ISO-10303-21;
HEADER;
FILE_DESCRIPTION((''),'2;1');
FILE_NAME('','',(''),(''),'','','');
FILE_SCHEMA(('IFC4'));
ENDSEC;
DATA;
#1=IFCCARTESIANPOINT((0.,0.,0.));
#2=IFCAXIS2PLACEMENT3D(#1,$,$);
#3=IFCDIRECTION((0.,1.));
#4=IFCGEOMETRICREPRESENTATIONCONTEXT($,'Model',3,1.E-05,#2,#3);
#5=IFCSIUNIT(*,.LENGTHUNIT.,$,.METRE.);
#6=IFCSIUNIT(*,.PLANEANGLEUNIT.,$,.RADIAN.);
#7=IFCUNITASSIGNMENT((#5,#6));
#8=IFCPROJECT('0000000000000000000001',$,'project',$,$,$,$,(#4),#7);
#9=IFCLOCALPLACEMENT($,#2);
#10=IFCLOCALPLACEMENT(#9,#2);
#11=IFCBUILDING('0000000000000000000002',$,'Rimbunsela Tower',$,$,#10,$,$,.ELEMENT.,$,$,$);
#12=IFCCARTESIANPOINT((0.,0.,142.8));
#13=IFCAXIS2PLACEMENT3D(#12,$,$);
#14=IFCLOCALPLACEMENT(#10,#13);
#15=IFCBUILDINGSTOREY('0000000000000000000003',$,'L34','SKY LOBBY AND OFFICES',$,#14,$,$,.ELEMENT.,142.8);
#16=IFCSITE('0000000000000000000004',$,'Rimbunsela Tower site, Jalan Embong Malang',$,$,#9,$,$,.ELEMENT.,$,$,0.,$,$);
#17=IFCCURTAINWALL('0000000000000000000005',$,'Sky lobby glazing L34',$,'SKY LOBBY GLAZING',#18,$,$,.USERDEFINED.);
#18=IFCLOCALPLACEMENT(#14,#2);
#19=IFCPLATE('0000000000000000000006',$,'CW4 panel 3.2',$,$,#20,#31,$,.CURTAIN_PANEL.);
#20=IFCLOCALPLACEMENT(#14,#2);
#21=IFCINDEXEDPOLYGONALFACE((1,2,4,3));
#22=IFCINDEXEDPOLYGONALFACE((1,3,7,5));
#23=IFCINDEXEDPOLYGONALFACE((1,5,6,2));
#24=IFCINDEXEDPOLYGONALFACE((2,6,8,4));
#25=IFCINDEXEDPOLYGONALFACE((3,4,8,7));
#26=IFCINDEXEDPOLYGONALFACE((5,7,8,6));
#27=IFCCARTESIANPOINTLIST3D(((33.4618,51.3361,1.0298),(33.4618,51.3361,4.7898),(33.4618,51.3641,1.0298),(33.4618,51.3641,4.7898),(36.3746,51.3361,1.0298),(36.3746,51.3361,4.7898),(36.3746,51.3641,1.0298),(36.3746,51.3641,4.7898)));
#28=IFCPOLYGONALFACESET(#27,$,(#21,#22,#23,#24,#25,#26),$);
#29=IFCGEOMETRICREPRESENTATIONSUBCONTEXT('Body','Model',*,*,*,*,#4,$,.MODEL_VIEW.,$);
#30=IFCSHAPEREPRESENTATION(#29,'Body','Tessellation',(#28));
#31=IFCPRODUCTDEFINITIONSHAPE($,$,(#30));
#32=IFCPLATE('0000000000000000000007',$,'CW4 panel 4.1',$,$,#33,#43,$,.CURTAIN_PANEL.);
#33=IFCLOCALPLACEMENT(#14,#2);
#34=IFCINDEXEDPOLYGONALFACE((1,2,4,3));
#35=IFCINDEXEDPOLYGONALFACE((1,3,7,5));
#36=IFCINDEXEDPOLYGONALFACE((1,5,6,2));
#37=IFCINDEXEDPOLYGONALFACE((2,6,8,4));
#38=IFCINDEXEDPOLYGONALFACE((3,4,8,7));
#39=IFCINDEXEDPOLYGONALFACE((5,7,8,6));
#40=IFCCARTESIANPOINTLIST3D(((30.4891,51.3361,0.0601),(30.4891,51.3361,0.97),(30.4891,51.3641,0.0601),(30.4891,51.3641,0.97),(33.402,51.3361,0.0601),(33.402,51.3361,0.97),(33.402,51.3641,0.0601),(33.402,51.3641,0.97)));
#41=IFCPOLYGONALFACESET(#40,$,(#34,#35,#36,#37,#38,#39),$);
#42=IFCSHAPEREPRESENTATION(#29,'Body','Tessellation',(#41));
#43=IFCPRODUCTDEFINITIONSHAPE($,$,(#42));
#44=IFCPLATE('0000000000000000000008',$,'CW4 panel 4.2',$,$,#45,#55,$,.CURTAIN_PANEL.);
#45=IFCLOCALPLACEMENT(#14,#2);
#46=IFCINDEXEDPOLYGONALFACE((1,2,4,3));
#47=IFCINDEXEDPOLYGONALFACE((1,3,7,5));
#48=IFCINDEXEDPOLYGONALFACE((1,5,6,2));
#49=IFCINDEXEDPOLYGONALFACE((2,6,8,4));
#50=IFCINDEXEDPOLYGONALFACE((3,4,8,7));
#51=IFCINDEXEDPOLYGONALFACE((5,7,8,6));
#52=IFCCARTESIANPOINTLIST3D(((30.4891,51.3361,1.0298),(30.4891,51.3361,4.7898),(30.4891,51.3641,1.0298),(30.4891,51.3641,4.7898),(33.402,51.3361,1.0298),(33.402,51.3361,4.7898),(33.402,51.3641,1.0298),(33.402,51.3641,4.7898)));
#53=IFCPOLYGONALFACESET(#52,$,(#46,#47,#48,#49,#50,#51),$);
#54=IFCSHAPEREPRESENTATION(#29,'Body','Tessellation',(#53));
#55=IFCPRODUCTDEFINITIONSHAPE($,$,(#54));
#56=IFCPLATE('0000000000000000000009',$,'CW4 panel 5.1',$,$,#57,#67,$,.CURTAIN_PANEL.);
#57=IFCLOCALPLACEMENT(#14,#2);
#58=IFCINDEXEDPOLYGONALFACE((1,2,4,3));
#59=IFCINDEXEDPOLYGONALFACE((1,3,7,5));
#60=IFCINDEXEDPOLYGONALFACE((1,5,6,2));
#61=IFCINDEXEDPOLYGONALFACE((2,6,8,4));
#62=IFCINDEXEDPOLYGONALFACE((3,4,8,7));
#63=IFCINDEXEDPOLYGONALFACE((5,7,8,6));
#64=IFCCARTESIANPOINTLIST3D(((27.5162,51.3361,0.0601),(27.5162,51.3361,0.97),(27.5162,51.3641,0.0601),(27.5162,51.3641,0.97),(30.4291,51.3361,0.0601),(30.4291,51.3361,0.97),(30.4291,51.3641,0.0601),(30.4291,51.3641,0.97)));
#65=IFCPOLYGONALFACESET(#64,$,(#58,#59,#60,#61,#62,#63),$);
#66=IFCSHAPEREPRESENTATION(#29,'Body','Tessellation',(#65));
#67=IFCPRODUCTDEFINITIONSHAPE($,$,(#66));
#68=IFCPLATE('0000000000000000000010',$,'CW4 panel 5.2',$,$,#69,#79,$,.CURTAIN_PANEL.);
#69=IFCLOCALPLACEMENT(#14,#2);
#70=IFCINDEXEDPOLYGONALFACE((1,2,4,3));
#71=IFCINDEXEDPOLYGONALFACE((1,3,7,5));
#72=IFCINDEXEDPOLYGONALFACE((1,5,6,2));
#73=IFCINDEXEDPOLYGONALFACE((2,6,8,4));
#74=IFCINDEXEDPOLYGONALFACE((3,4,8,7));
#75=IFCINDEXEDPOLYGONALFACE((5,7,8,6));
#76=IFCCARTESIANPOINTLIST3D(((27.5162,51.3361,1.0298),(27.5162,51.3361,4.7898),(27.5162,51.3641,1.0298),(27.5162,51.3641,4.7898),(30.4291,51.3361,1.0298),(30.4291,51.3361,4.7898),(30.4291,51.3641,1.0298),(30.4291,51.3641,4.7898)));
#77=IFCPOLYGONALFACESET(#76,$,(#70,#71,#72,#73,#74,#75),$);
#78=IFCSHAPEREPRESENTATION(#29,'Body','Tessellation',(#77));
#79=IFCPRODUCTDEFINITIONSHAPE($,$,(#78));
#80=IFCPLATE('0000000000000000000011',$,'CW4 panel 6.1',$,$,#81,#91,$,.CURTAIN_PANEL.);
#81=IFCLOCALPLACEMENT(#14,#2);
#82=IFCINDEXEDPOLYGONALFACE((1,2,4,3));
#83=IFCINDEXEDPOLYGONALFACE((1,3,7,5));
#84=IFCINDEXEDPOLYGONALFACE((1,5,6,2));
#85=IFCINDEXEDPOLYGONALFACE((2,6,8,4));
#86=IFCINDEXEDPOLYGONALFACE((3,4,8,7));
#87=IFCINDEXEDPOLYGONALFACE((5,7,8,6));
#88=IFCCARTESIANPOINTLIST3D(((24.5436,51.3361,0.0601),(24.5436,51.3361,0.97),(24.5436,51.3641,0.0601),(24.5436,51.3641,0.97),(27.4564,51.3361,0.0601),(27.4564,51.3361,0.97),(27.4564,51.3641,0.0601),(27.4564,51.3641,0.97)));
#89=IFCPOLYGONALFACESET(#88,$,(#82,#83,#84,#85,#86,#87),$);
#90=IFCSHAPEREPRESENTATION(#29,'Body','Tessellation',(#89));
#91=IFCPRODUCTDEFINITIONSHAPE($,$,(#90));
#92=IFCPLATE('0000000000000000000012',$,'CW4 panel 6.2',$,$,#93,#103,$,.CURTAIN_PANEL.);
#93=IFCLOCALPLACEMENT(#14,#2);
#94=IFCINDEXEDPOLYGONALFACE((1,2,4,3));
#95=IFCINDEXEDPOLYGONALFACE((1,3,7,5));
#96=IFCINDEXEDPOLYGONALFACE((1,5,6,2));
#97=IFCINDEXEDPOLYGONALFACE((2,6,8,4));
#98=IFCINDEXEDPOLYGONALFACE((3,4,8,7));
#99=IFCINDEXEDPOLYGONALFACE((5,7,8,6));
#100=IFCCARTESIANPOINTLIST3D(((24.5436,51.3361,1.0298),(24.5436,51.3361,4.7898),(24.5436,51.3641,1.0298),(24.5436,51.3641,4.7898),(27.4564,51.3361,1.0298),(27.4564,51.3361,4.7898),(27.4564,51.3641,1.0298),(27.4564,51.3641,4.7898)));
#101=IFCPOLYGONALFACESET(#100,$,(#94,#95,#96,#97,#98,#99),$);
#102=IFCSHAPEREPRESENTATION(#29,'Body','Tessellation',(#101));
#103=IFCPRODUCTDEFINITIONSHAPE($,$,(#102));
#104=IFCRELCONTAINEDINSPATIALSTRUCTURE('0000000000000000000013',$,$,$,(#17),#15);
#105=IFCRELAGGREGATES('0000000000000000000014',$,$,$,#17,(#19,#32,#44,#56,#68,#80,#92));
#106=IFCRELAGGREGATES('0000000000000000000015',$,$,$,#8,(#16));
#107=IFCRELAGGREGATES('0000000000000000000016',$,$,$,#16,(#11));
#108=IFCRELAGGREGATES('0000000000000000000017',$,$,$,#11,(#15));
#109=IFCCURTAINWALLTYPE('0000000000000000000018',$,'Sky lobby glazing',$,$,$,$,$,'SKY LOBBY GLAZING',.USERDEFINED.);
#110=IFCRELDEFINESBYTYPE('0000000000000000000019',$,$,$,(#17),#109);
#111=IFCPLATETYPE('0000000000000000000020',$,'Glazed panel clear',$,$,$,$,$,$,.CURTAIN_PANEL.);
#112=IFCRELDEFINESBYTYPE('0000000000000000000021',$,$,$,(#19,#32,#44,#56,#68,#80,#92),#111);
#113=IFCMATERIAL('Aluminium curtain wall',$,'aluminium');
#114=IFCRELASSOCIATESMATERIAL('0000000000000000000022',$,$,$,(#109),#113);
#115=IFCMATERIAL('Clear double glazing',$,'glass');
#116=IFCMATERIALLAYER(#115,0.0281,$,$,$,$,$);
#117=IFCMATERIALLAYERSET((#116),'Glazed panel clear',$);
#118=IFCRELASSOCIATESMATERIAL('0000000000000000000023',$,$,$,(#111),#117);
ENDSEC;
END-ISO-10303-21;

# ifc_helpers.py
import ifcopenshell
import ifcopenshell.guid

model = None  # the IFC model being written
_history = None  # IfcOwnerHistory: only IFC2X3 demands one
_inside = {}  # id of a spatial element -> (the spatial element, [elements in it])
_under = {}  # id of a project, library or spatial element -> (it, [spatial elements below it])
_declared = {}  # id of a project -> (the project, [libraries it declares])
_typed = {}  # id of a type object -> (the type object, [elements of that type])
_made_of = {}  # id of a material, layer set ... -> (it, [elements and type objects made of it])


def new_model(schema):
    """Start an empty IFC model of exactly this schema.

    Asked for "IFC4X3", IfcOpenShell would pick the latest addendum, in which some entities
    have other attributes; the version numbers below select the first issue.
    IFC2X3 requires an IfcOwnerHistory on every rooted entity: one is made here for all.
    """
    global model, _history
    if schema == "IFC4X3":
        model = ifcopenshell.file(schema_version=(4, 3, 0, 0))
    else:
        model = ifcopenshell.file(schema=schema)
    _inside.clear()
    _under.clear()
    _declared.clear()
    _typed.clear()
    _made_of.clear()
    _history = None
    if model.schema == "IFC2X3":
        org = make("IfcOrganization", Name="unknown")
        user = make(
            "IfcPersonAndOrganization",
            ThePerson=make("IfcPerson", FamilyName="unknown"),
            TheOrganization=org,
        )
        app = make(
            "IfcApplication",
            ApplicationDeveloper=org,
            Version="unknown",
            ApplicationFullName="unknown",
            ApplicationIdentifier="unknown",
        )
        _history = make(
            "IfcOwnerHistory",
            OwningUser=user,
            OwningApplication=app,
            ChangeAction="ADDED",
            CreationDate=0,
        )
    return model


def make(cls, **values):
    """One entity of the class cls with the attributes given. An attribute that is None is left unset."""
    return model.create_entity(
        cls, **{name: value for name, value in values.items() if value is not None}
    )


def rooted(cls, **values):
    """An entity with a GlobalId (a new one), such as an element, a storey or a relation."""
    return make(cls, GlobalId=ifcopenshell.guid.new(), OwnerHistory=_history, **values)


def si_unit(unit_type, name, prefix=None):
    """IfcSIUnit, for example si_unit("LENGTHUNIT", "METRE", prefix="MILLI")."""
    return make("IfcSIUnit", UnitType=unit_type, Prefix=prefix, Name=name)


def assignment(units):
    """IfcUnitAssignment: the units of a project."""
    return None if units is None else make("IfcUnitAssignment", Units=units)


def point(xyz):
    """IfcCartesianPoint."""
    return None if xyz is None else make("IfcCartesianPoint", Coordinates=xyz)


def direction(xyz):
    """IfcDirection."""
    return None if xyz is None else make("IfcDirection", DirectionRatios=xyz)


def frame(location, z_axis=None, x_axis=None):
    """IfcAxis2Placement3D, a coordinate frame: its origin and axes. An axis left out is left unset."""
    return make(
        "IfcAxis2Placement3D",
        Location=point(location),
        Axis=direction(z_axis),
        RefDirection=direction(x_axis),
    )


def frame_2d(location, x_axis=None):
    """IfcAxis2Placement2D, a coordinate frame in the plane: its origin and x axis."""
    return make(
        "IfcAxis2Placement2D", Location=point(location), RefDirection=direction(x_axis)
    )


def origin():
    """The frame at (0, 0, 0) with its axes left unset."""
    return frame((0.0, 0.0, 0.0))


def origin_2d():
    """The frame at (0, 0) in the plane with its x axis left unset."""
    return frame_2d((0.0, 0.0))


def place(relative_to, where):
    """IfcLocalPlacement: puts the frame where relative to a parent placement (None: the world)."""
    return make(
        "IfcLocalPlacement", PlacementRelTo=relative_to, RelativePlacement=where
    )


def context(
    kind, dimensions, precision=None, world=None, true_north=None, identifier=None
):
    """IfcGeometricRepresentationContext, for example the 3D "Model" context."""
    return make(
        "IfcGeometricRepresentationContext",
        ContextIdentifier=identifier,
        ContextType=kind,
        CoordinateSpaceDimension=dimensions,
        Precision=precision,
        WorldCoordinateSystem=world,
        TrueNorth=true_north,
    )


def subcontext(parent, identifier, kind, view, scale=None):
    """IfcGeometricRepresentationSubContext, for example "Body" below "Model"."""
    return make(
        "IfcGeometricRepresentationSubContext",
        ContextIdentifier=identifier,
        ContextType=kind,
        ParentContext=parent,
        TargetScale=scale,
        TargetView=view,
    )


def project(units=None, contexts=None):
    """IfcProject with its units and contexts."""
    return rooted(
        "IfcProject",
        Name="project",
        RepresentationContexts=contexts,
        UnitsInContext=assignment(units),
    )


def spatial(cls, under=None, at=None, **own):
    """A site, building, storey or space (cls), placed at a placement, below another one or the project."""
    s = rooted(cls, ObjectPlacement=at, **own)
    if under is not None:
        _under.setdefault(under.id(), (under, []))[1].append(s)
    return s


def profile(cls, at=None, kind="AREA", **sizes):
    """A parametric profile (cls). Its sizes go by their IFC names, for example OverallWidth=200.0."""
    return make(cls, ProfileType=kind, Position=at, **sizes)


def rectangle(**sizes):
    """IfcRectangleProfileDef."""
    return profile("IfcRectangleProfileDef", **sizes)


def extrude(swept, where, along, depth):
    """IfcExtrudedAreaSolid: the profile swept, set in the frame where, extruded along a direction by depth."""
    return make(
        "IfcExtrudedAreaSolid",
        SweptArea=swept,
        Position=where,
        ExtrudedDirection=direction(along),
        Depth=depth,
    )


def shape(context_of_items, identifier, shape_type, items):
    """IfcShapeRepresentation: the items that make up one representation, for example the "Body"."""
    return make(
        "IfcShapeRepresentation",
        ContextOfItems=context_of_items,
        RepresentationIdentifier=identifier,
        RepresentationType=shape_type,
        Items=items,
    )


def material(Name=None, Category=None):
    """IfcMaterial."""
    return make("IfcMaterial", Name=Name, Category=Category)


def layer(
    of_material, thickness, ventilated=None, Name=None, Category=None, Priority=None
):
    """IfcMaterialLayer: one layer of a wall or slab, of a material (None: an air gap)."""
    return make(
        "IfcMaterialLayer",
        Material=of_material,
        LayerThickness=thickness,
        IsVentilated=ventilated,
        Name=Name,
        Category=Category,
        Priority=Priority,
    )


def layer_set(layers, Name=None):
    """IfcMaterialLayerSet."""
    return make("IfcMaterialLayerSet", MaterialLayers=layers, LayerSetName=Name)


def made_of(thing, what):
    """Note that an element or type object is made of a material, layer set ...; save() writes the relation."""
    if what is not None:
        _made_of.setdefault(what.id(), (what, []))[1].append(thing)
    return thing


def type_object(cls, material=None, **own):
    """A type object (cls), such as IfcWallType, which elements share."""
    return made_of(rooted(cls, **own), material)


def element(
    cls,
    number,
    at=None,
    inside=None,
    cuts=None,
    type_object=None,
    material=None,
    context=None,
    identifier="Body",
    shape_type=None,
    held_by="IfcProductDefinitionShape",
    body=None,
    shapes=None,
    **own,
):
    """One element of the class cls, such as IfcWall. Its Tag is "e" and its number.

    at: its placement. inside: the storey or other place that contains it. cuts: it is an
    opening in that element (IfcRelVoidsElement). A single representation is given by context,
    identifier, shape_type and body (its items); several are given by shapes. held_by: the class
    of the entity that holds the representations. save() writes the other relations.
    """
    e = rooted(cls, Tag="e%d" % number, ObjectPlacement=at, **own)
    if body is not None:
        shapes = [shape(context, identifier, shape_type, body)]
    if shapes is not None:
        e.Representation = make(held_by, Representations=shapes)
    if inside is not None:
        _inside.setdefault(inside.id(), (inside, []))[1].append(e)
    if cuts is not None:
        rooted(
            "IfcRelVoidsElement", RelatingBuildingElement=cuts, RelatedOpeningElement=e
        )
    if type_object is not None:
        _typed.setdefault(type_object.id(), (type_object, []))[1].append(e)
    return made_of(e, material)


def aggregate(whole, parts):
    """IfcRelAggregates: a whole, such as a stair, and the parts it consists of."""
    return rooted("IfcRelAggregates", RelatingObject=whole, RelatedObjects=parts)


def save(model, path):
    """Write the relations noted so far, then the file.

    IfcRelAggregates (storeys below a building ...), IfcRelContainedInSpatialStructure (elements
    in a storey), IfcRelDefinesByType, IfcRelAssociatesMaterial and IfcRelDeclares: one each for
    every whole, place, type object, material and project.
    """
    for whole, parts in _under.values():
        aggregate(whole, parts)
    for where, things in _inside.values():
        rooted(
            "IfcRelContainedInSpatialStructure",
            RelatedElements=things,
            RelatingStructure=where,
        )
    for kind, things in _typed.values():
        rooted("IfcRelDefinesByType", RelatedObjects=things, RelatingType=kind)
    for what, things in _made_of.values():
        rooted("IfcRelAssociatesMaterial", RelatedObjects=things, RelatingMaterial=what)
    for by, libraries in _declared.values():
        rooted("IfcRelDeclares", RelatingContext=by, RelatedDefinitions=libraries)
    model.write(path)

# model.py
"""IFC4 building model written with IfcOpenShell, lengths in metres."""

from ifc_helpers import new_model, si_unit, direction, frame, origin, origin_2d, place, context, subcontext, project, spatial, rectangle, extrude, material, layer, layer_set, type_object, element, aggregate, save


model = new_model("IFC4")

# Units and contexts
model_context = context("Model", 3, precision=1e-05, world=origin(), true_north=direction((0.0, 1.0)))
body_context = subcontext(model_context, "Body", "Model", "MODEL_VIEW")
ifc_project = project(units=[si_unit("LENGTHUNIT", "METRE"), si_unit("PLANEANGLEUNIT", "RADIAN")], contexts=[model_context])

# Site, building, storey
site_placement = place(None, origin())
site = spatial("IfcSite", under=ifc_project, at=site_placement, Name="Rimbunsela Tower site, Jalan Embong Malang", CompositionType="ELEMENT", RefElevation=0.0)
building_placement = place(site_placement, origin())
building = spatial("IfcBuilding", under=site, at=building_placement, Name="Rimbunsela Tower", CompositionType="ELEMENT")
storey_placement = place(building_placement, frame((0.0, 0.0, 142.8)))
storey = spatial("IfcBuildingStorey", under=building, at=storey_placement, Name="L34", Description="SKY LOBBY AND OFFICES", CompositionType="ELEMENT", Elevation=142.8)

# Curtain wall, plates
ifc_material_1 = material(Name="Aluminium curtain wall", Category="aluminium")
curtain_wall_type = type_object("IfcCurtainWallType", Name="Sky lobby glazing", ElementType="SKY LOBBY GLAZING", PredefinedType="USERDEFINED", material=ifc_material_1)
curtain_wall_placement = place(storey_placement, origin())
curtain_wall = element("IfcCurtainWall", 1, at=curtain_wall_placement, inside=storey, type_object=curtain_wall_type, Name="Sky lobby glazing L34", ObjectType="SKY LOBBY GLAZING", PredefinedType="USERDEFINED")
ifc_material_2 = material(Name="Clear double glazing", Category="glass")
ifc_layer = layer(ifc_material_2, 0.0281)
ifc_layer_set = layer_set([ifc_layer], Name="Glazed panel clear")
plate_type = type_object("IfcPlateType", Name="Glazed panel clear", PredefinedType="CURTAIN_PANEL", material=ifc_layer_set)
plate_1_placement = place(storey_placement, frame((34.9182, 51.3501, 1.0298), z_axis=(0.0, 0.0, 1.0), x_axis=(-1.0, 0.0, 0.0)))
plate_1 = element("IfcPlate", 2, at=plate_1_placement, type_object=plate_type, Name="CW4 panel 3.2", PredefinedType="CURTAIN_PANEL", context=body_context, shape_type="SweptSolid", body=[
    extrude(rectangle(XDim=2.9128, YDim=0.0281, at=origin_2d()), origin(), (0.0, 0.0, 1.0), 3.76),
])
plate_2_placement = place(storey_placement, frame((31.9456, 51.3501, 0.0601), z_axis=(0.0, 0.0, 1.0), x_axis=(-1.0, 0.0, 0.0)))
plate_2 = element("IfcPlate", 3, at=plate_2_placement, type_object=plate_type, Name="CW4 panel 4.1", PredefinedType="CURTAIN_PANEL", context=body_context, shape_type="SweptSolid", body=[
    extrude(rectangle(XDim=2.9128, YDim=0.0281, at=origin_2d()), origin(), (0.0, 0.0, 1.0), 0.9099),
])
plate_3_placement = place(storey_placement, frame((31.9456, 51.3501, 1.0298), z_axis=(0.0, 0.0, 1.0), x_axis=(-1.0, 0.0, 0.0)))
plate_3 = element("IfcPlate", 4, at=plate_3_placement, type_object=plate_type, Name="CW4 panel 4.2", PredefinedType="CURTAIN_PANEL", context=body_context, shape_type="SweptSolid", body=[
    extrude(rectangle(XDim=2.9128, YDim=0.0281, at=origin_2d()), origin(), (0.0, 0.0, 1.0), 3.76),
])
plate_4_placement = place(storey_placement, frame((28.9727, 51.3501, 0.0601), z_axis=(0.0, 0.0, 1.0), x_axis=(-1.0, 0.0, 0.0)))
plate_4 = element("IfcPlate", 5, at=plate_4_placement, type_object=plate_type, Name="CW4 panel 5.1", PredefinedType="CURTAIN_PANEL", context=body_context, shape_type="SweptSolid", body=[
    extrude(rectangle(XDim=2.9128, YDim=0.0281, at=origin_2d()), origin(), (0.0, 0.0, 1.0), 0.9099),
])
plate_5_placement = place(storey_placement, frame((28.9727, 51.3501, 1.0298), z_axis=(0.0, 0.0, 1.0), x_axis=(-1.0, 0.0, 0.0)))
plate_5 = element("IfcPlate", 6, at=plate_5_placement, type_object=plate_type, Name="CW4 panel 5.2", PredefinedType="CURTAIN_PANEL", context=body_context, shape_type="SweptSolid", body=[
    extrude(rectangle(XDim=2.9128, YDim=0.0281, at=origin_2d()), origin(), (0.0, 0.0, 1.0), 3.76),
])
plate_6_placement = place(storey_placement, frame((26.0, 51.3501, 0.0601), z_axis=(0.0, 0.0, 1.0), x_axis=(-1.0, 0.0, 0.0)))
plate_6 = element("IfcPlate", 7, at=plate_6_placement, type_object=plate_type, Name="CW4 panel 6.1", PredefinedType="CURTAIN_PANEL", context=body_context, shape_type="SweptSolid", body=[
    extrude(rectangle(XDim=2.9128, YDim=0.0281, at=origin_2d()), origin(), (0.0, 0.0, 1.0), 0.9099),
])
plate_7_placement = place(storey_placement, frame((26.0, 51.3501, 1.0298), z_axis=(0.0, 0.0, 1.0), x_axis=(-1.0, 0.0, 0.0)))
plate_7 = element("IfcPlate", 8, at=plate_7_placement, type_object=plate_type, Name="CW4 panel 6.2", PredefinedType="CURTAIN_PANEL", context=body_context, shape_type="SweptSolid", body=[
    extrude(rectangle(XDim=2.9128, YDim=0.0281, at=origin_2d()), origin(), (0.0, 0.0, 1.0), 3.76),
])
aggregate(curtain_wall, [plate_1, plate_2, plate_3, plate_4, plate_5, plate_6, plate_7])

save(model, "model.ifc")
